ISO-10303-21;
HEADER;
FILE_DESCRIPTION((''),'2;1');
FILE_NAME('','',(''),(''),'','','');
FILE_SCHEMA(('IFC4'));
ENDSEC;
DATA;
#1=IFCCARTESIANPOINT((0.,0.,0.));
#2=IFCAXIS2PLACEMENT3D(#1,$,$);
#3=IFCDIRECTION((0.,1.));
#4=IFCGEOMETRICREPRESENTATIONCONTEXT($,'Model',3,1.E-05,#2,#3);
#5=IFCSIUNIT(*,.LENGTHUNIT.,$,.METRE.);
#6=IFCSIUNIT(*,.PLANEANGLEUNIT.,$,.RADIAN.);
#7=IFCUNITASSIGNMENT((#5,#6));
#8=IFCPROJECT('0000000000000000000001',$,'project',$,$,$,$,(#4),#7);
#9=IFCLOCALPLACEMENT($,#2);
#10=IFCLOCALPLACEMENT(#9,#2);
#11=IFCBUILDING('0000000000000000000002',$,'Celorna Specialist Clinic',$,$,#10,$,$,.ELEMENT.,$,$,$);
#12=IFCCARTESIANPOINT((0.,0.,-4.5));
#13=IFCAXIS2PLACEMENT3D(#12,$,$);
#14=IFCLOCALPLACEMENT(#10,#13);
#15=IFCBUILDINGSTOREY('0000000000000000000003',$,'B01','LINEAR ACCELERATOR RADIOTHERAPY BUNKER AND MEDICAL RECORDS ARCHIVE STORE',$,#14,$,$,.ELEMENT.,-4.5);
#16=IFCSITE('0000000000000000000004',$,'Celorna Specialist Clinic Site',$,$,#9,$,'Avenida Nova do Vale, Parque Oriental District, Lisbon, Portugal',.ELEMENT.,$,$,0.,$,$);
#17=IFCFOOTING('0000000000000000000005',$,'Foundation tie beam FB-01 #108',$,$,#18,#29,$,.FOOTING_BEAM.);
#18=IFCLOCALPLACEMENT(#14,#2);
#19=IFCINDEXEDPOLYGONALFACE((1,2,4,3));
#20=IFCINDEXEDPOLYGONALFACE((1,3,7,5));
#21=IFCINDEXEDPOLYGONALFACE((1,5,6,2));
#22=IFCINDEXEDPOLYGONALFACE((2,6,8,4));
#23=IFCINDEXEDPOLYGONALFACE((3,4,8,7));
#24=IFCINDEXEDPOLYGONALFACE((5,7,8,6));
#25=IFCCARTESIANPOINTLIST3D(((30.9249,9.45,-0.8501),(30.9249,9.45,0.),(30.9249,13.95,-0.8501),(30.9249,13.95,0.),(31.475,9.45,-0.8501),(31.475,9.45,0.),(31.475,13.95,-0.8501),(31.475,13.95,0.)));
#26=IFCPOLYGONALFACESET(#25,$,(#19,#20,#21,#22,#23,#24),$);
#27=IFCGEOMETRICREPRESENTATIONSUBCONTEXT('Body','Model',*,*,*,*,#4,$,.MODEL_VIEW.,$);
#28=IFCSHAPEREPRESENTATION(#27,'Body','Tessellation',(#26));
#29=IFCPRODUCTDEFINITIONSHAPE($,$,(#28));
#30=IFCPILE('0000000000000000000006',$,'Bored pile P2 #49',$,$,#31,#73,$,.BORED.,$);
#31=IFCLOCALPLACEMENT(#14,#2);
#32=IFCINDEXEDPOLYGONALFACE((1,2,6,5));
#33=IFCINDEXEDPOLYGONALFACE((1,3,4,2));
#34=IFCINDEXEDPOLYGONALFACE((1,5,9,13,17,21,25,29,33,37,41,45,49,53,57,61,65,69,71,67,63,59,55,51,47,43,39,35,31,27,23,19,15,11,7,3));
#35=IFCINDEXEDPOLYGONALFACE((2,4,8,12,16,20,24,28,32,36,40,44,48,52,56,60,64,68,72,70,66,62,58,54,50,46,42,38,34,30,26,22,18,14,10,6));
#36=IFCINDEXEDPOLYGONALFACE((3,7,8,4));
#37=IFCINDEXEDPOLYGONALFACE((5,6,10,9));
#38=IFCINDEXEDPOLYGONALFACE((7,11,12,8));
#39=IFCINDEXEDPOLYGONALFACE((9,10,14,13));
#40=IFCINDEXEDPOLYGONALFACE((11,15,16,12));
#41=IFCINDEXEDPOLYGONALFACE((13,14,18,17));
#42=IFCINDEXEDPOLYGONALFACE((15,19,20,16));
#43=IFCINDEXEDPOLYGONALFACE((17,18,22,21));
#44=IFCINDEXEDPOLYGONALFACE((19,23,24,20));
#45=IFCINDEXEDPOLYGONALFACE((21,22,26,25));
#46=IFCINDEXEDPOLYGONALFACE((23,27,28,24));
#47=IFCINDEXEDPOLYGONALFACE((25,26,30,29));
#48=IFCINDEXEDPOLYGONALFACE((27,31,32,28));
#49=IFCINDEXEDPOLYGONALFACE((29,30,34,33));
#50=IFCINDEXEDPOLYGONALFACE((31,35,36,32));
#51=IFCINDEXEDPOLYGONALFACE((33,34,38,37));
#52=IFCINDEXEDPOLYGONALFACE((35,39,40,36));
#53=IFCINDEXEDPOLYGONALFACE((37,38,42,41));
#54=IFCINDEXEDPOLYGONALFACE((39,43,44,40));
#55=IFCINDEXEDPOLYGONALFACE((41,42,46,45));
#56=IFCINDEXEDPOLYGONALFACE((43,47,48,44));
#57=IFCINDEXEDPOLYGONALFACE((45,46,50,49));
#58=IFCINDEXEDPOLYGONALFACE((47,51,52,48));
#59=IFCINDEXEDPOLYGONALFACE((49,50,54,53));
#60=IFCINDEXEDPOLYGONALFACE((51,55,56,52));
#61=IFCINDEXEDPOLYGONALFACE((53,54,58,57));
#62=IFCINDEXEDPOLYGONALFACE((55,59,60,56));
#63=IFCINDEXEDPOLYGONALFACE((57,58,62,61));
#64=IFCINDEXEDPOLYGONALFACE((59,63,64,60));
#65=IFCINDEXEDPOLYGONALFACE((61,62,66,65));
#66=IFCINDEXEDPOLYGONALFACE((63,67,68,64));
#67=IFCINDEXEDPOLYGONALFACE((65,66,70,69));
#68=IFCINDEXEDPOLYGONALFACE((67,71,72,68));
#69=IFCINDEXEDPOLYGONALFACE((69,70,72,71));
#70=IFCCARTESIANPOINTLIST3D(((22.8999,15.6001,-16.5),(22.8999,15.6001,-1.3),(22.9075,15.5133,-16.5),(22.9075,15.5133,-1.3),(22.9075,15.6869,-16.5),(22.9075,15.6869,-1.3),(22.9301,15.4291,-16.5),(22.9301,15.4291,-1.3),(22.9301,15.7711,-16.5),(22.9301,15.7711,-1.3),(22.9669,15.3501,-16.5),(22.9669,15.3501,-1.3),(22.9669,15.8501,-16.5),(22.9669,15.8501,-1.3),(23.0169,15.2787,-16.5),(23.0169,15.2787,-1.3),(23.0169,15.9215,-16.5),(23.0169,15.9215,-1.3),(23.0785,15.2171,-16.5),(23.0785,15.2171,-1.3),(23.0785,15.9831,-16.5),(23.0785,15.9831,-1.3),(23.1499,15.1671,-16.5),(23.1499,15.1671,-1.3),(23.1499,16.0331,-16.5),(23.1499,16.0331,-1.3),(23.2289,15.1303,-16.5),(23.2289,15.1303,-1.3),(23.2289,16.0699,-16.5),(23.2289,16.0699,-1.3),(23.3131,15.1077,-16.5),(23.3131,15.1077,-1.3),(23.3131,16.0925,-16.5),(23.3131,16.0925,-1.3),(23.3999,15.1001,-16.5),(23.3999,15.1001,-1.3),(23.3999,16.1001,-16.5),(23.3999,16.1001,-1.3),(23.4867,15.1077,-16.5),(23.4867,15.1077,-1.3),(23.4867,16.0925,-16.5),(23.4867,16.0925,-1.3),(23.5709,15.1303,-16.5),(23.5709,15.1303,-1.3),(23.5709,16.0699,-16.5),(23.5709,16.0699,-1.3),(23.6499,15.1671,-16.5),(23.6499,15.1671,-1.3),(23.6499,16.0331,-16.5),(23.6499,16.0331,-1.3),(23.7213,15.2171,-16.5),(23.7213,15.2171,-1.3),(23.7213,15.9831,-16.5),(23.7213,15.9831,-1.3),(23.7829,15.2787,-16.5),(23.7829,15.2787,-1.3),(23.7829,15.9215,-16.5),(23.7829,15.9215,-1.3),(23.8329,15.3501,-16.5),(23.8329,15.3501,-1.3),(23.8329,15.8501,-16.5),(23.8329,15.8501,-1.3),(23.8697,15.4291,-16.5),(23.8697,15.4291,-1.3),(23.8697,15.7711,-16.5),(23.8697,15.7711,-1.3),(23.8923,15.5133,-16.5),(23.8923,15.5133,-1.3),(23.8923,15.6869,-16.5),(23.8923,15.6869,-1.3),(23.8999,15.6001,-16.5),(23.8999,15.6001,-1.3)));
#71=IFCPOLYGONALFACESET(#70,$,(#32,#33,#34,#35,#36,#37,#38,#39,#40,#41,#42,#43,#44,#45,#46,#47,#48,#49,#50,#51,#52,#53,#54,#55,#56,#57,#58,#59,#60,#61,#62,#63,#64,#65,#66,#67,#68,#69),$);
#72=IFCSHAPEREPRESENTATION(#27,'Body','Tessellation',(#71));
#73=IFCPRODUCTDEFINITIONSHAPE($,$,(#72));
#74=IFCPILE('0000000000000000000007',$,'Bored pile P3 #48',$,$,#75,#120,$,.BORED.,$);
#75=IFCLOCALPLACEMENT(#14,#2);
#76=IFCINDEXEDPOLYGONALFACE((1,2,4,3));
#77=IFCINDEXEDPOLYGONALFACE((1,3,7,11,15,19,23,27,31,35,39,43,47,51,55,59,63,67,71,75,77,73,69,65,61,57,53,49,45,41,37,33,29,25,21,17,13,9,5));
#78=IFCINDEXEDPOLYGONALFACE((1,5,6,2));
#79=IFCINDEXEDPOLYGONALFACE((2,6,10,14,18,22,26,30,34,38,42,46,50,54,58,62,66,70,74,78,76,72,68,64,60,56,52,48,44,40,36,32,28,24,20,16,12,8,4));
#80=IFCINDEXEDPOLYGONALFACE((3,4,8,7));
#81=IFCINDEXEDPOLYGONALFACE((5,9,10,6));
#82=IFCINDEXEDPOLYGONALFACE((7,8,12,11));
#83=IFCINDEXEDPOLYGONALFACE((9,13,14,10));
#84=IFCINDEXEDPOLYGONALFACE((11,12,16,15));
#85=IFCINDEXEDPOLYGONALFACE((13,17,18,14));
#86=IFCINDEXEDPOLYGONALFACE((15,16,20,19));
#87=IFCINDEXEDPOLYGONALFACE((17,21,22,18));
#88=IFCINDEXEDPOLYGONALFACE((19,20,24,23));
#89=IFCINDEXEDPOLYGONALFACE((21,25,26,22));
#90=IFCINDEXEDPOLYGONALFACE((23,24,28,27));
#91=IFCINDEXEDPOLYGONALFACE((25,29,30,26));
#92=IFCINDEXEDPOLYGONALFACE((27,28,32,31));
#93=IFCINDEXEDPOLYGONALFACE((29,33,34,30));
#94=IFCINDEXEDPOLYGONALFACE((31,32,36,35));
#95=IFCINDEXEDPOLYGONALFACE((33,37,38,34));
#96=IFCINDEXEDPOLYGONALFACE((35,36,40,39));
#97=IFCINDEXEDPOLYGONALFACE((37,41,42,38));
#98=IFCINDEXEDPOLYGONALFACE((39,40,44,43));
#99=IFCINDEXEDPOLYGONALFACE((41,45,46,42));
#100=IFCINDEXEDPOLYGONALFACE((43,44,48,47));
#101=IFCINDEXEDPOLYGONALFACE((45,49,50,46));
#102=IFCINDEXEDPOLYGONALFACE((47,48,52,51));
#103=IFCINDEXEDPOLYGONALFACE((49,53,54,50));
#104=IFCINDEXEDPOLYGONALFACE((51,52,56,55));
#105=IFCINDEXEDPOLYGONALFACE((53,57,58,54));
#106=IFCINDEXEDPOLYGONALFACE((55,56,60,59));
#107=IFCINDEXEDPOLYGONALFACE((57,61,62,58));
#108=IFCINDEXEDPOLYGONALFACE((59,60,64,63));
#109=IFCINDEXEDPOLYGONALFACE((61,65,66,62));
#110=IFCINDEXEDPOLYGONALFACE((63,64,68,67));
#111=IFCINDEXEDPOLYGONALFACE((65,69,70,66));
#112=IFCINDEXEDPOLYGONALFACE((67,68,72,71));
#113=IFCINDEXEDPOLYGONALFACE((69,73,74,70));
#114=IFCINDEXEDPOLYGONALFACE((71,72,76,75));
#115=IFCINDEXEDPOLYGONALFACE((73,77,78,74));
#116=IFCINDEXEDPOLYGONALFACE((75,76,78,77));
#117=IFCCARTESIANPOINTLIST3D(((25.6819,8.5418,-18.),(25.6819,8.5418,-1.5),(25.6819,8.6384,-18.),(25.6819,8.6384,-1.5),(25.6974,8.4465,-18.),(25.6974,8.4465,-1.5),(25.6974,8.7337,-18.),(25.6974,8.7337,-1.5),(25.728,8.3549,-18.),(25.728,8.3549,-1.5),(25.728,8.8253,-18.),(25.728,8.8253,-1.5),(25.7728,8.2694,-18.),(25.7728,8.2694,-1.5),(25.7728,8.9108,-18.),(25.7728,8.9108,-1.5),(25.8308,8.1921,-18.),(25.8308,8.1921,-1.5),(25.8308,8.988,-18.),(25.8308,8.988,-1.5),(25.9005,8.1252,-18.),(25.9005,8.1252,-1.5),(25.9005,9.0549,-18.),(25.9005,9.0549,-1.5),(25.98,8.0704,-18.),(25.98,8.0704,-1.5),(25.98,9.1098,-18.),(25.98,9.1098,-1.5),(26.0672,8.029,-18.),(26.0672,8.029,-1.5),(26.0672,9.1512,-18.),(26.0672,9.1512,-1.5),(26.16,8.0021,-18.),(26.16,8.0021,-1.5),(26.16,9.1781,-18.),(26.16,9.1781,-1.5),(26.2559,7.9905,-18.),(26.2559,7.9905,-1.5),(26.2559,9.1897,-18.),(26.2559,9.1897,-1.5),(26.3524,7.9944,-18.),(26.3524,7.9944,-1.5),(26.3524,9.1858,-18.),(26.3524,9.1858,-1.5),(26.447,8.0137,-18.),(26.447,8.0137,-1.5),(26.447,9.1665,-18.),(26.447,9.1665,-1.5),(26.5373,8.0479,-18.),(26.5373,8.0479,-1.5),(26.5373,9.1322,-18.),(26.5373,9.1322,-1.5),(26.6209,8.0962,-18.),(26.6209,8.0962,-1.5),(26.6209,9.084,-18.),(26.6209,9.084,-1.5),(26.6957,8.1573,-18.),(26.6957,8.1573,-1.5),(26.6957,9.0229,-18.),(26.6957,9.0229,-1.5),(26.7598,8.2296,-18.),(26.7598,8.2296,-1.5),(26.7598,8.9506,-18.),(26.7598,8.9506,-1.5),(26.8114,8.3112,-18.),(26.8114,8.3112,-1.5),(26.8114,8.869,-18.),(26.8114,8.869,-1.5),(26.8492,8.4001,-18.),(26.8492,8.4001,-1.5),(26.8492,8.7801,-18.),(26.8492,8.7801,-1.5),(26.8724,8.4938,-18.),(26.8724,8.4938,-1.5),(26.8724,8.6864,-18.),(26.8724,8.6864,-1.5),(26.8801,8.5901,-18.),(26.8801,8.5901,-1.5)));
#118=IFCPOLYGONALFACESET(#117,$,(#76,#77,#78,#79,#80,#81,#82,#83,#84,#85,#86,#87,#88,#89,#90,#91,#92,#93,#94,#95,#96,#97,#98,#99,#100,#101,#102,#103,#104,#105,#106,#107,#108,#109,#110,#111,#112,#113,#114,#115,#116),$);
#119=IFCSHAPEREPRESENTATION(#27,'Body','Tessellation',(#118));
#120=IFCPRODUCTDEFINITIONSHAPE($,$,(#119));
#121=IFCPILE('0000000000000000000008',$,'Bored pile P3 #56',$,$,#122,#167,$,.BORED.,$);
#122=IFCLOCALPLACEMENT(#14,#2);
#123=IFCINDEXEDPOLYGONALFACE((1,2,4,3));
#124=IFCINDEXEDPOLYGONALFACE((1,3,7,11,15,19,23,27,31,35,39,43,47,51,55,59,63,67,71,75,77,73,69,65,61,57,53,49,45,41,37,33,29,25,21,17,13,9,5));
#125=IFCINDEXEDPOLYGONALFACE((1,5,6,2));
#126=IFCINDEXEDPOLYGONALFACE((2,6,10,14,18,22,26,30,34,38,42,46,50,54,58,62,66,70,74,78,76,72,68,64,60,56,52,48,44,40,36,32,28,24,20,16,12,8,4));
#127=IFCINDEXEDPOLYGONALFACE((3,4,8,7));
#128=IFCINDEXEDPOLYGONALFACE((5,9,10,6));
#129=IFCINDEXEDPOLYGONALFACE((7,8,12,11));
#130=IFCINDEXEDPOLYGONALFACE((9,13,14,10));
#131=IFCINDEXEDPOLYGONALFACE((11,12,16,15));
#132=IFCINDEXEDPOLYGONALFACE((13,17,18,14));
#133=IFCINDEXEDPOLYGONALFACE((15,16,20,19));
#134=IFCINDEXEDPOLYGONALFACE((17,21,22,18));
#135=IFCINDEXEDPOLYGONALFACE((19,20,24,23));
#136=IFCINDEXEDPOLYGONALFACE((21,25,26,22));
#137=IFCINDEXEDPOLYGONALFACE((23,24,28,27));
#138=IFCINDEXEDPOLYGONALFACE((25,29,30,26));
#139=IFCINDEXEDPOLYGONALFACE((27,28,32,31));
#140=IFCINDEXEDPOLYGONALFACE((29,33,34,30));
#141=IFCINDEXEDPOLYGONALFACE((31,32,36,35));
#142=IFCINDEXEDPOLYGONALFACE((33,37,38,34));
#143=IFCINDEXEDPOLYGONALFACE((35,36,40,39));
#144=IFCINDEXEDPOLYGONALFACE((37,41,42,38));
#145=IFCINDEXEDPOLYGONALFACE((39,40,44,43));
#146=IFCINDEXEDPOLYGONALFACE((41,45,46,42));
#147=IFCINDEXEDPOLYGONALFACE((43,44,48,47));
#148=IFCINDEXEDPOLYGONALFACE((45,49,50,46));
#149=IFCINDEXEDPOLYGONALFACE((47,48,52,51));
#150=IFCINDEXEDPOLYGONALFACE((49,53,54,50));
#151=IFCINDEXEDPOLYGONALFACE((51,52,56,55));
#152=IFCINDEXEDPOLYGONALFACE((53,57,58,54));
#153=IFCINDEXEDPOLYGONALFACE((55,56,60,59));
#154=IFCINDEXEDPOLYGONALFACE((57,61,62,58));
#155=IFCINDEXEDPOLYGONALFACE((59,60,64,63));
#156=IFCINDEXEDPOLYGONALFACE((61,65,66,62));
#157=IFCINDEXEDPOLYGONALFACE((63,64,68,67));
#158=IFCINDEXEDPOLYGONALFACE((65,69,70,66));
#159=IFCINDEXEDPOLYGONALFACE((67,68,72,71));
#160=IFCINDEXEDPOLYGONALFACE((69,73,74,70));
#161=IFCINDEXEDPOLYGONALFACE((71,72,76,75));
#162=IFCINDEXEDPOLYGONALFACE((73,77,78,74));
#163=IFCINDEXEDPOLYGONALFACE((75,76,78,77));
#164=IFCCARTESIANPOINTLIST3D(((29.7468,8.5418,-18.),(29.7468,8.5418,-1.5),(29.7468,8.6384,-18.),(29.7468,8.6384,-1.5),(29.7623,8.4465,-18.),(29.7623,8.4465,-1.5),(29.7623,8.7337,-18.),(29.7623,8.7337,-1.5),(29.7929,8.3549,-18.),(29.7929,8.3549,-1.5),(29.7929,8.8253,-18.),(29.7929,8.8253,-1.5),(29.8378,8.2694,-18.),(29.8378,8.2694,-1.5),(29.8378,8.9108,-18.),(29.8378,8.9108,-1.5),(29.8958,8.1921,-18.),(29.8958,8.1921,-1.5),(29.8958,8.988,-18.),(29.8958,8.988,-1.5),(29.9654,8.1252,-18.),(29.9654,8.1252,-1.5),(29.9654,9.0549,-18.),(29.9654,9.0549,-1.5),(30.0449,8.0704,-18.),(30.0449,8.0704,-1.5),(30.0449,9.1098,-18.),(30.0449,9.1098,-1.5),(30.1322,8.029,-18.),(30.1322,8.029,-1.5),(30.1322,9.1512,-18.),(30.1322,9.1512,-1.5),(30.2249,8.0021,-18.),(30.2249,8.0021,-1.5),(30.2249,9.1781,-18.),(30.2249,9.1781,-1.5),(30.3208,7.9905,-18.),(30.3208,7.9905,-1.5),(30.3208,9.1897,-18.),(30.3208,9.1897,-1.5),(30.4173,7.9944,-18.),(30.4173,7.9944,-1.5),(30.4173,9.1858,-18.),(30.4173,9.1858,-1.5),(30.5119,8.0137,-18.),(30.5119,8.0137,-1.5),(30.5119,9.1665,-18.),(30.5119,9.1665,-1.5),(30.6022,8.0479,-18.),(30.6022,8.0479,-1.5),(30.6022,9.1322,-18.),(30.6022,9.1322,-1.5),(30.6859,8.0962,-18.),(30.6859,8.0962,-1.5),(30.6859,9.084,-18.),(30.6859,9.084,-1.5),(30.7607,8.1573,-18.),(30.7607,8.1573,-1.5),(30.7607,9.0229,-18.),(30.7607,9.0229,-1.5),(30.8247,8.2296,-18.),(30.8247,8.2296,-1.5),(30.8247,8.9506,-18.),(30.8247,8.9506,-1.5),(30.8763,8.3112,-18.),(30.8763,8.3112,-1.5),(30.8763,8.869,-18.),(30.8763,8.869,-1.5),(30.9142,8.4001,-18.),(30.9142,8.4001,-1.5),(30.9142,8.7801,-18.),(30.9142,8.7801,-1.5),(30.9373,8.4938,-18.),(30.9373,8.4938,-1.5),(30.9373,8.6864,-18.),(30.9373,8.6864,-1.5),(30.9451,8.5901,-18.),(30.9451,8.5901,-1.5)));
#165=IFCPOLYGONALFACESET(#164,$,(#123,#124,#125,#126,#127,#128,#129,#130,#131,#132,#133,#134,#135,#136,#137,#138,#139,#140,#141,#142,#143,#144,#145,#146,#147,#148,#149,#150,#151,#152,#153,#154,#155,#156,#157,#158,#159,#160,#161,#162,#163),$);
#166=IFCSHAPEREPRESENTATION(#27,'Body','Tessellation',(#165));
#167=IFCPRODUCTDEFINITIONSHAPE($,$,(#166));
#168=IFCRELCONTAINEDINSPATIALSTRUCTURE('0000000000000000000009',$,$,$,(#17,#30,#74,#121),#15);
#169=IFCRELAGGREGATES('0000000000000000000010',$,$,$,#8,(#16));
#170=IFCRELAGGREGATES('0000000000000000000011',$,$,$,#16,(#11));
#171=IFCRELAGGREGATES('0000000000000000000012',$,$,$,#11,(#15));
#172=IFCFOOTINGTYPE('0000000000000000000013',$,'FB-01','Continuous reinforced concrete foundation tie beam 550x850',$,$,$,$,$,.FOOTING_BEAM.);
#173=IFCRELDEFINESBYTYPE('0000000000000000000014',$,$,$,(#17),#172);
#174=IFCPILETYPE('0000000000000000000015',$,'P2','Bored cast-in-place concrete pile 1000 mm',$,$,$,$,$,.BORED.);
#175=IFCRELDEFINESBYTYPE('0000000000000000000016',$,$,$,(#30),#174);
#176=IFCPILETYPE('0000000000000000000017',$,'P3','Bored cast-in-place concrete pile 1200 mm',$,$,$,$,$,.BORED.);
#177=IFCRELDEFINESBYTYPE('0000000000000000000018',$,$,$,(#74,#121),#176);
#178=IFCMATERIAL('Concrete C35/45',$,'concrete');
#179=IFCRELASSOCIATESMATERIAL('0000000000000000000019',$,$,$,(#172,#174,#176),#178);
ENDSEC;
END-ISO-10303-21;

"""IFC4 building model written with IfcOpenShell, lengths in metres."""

from ifc_helpers import new_model, si_unit, direction, frame, origin, origin_2d, place, context, subcontext, project, spatial, rectangle, circle, extrude, material, material_profile, profile_set, type_object, element, save


model = new_model("IFC4")

# Units and contexts
model_context = context("Model", 3, precision=1e-05, world=origin(), true_north=direction((0.0, 1.0)))
body_context = subcontext(model_context, "Body", "Model", "MODEL_VIEW")
ifc_project = project(units=[si_unit("LENGTHUNIT", "METRE"), si_unit("PLANEANGLEUNIT", "RADIAN")], contexts=[model_context])

# Site, building, storey
site_placement = place(None, origin())
site = spatial("IfcSite", under=ifc_project, at=site_placement, Name="Celorna Specialist Clinic Site", LongName="Avenida Nova do Vale, Parque Oriental District, Lisbon, Portugal", CompositionType="ELEMENT", RefElevation=0.0)
building_placement = place(site_placement, origin())
building = spatial("IfcBuilding", under=site, at=building_placement, Name="Celorna Specialist Clinic", CompositionType="ELEMENT")
storey_placement = place(building_placement, frame((0.0, 0.0, -4.5)))
storey = spatial("IfcBuildingStorey", under=building, at=storey_placement, Name="B01", Description="LINEAR ACCELERATOR RADIOTHERAPY BUNKER AND MEDICAL RECORDS ARCHIVE STORE", CompositionType="ELEMENT", Elevation=-4.5)

# Footing
ifc_material_1 = material(Name="Concrete C35/45", Category="concrete")
footing_type_1 = type_object("IfcFootingType", Name="FB-01", Description="Continuous reinforced concrete foundation tie beam 550x850", PredefinedType="FOOTING_BEAM", material=ifc_material_1)
footing_1_placement = place(storey_placement, frame((31.2, 11.7, -0.8501), z_axis=(0.0, 0.0, 1.0), x_axis=(0.0, 1.0, 0.0)))
element("IfcFooting", 1, at=footing_1_placement, inside=storey, type_object=footing_type_1, Name="Foundation tie beam FB-01 #108", PredefinedType="FOOTING_BEAM", context=body_context, shape_type="SweptSolid", body=[
    extrude(rectangle(XDim=4.5, YDim=0.55, at=origin_2d()), origin(), (0.0, 0.0, 1.0), 0.8501),
])

# Piles
ifc_material_profile_1 = material_profile(ifc_material_1, circle(Radius=0.5, at=origin_2d()), Name="BORED PILE 1000")
ifc_profile_set_1 = profile_set([ifc_material_profile_1], Name="Concrete C35/45")
pile_type_1 = type_object("IfcPileType", Name="P2", Description="Bored cast-in-place concrete pile 1000 mm", PredefinedType="BORED", material=ifc_profile_set_1)
pile_1_placement = place(storey_placement, frame((23.3999, 15.6001, -1.3), z_axis=(0.0, 0.0, -1.0), x_axis=(1.0, 0.0, 0.0)))
element("IfcPile", 2, at=pile_1_placement, inside=storey, type_object=pile_type_1, Name="Bored pile P2 #49", PredefinedType="BORED", context=body_context, shape_type="SweptSolid", body=[
    extrude(circle(Radius=0.5, at=origin_2d()), origin(), (0.0, 0.0, 1.0), 15.2),
])
ifc_material_profile_2 = material_profile(ifc_material_1, circle(Radius=0.6001, at=origin_2d()), Name="BORED PILE 1200")
ifc_profile_set_2 = profile_set([ifc_material_profile_2], Name="Concrete C35/45")
pile_type_2 = type_object("IfcPileType", Name="P3", Description="Bored cast-in-place concrete pile 1200 mm", PredefinedType="BORED", material=ifc_profile_set_2)
for number, where, z_axis, x_axis, name in (
    (3, (26.28, 8.5901, -1.5), (0.0, 0.0, -1.0), (1.0, 0.0, 0.0), "Bored pile P3 #48"),
    (4, (30.345, 8.5901, -1.5), (0.0, 0.0, -1.0), (1.0, 0.0, 0.0), "Bored pile P3 #56"),
):
    element("IfcPile", number, at=place(storey_placement, frame(where, z_axis=z_axis, x_axis=x_axis)), inside=storey, type_object=pile_type_2, Name=name, PredefinedType="BORED", context=body_context, shape_type="SweptSolid", body=[
        extrude(circle(Radius=0.6001, at=origin_2d()), origin(), (0.0, 0.0, 1.0), 16.5),
    ])

save(model, "model.ifc")
